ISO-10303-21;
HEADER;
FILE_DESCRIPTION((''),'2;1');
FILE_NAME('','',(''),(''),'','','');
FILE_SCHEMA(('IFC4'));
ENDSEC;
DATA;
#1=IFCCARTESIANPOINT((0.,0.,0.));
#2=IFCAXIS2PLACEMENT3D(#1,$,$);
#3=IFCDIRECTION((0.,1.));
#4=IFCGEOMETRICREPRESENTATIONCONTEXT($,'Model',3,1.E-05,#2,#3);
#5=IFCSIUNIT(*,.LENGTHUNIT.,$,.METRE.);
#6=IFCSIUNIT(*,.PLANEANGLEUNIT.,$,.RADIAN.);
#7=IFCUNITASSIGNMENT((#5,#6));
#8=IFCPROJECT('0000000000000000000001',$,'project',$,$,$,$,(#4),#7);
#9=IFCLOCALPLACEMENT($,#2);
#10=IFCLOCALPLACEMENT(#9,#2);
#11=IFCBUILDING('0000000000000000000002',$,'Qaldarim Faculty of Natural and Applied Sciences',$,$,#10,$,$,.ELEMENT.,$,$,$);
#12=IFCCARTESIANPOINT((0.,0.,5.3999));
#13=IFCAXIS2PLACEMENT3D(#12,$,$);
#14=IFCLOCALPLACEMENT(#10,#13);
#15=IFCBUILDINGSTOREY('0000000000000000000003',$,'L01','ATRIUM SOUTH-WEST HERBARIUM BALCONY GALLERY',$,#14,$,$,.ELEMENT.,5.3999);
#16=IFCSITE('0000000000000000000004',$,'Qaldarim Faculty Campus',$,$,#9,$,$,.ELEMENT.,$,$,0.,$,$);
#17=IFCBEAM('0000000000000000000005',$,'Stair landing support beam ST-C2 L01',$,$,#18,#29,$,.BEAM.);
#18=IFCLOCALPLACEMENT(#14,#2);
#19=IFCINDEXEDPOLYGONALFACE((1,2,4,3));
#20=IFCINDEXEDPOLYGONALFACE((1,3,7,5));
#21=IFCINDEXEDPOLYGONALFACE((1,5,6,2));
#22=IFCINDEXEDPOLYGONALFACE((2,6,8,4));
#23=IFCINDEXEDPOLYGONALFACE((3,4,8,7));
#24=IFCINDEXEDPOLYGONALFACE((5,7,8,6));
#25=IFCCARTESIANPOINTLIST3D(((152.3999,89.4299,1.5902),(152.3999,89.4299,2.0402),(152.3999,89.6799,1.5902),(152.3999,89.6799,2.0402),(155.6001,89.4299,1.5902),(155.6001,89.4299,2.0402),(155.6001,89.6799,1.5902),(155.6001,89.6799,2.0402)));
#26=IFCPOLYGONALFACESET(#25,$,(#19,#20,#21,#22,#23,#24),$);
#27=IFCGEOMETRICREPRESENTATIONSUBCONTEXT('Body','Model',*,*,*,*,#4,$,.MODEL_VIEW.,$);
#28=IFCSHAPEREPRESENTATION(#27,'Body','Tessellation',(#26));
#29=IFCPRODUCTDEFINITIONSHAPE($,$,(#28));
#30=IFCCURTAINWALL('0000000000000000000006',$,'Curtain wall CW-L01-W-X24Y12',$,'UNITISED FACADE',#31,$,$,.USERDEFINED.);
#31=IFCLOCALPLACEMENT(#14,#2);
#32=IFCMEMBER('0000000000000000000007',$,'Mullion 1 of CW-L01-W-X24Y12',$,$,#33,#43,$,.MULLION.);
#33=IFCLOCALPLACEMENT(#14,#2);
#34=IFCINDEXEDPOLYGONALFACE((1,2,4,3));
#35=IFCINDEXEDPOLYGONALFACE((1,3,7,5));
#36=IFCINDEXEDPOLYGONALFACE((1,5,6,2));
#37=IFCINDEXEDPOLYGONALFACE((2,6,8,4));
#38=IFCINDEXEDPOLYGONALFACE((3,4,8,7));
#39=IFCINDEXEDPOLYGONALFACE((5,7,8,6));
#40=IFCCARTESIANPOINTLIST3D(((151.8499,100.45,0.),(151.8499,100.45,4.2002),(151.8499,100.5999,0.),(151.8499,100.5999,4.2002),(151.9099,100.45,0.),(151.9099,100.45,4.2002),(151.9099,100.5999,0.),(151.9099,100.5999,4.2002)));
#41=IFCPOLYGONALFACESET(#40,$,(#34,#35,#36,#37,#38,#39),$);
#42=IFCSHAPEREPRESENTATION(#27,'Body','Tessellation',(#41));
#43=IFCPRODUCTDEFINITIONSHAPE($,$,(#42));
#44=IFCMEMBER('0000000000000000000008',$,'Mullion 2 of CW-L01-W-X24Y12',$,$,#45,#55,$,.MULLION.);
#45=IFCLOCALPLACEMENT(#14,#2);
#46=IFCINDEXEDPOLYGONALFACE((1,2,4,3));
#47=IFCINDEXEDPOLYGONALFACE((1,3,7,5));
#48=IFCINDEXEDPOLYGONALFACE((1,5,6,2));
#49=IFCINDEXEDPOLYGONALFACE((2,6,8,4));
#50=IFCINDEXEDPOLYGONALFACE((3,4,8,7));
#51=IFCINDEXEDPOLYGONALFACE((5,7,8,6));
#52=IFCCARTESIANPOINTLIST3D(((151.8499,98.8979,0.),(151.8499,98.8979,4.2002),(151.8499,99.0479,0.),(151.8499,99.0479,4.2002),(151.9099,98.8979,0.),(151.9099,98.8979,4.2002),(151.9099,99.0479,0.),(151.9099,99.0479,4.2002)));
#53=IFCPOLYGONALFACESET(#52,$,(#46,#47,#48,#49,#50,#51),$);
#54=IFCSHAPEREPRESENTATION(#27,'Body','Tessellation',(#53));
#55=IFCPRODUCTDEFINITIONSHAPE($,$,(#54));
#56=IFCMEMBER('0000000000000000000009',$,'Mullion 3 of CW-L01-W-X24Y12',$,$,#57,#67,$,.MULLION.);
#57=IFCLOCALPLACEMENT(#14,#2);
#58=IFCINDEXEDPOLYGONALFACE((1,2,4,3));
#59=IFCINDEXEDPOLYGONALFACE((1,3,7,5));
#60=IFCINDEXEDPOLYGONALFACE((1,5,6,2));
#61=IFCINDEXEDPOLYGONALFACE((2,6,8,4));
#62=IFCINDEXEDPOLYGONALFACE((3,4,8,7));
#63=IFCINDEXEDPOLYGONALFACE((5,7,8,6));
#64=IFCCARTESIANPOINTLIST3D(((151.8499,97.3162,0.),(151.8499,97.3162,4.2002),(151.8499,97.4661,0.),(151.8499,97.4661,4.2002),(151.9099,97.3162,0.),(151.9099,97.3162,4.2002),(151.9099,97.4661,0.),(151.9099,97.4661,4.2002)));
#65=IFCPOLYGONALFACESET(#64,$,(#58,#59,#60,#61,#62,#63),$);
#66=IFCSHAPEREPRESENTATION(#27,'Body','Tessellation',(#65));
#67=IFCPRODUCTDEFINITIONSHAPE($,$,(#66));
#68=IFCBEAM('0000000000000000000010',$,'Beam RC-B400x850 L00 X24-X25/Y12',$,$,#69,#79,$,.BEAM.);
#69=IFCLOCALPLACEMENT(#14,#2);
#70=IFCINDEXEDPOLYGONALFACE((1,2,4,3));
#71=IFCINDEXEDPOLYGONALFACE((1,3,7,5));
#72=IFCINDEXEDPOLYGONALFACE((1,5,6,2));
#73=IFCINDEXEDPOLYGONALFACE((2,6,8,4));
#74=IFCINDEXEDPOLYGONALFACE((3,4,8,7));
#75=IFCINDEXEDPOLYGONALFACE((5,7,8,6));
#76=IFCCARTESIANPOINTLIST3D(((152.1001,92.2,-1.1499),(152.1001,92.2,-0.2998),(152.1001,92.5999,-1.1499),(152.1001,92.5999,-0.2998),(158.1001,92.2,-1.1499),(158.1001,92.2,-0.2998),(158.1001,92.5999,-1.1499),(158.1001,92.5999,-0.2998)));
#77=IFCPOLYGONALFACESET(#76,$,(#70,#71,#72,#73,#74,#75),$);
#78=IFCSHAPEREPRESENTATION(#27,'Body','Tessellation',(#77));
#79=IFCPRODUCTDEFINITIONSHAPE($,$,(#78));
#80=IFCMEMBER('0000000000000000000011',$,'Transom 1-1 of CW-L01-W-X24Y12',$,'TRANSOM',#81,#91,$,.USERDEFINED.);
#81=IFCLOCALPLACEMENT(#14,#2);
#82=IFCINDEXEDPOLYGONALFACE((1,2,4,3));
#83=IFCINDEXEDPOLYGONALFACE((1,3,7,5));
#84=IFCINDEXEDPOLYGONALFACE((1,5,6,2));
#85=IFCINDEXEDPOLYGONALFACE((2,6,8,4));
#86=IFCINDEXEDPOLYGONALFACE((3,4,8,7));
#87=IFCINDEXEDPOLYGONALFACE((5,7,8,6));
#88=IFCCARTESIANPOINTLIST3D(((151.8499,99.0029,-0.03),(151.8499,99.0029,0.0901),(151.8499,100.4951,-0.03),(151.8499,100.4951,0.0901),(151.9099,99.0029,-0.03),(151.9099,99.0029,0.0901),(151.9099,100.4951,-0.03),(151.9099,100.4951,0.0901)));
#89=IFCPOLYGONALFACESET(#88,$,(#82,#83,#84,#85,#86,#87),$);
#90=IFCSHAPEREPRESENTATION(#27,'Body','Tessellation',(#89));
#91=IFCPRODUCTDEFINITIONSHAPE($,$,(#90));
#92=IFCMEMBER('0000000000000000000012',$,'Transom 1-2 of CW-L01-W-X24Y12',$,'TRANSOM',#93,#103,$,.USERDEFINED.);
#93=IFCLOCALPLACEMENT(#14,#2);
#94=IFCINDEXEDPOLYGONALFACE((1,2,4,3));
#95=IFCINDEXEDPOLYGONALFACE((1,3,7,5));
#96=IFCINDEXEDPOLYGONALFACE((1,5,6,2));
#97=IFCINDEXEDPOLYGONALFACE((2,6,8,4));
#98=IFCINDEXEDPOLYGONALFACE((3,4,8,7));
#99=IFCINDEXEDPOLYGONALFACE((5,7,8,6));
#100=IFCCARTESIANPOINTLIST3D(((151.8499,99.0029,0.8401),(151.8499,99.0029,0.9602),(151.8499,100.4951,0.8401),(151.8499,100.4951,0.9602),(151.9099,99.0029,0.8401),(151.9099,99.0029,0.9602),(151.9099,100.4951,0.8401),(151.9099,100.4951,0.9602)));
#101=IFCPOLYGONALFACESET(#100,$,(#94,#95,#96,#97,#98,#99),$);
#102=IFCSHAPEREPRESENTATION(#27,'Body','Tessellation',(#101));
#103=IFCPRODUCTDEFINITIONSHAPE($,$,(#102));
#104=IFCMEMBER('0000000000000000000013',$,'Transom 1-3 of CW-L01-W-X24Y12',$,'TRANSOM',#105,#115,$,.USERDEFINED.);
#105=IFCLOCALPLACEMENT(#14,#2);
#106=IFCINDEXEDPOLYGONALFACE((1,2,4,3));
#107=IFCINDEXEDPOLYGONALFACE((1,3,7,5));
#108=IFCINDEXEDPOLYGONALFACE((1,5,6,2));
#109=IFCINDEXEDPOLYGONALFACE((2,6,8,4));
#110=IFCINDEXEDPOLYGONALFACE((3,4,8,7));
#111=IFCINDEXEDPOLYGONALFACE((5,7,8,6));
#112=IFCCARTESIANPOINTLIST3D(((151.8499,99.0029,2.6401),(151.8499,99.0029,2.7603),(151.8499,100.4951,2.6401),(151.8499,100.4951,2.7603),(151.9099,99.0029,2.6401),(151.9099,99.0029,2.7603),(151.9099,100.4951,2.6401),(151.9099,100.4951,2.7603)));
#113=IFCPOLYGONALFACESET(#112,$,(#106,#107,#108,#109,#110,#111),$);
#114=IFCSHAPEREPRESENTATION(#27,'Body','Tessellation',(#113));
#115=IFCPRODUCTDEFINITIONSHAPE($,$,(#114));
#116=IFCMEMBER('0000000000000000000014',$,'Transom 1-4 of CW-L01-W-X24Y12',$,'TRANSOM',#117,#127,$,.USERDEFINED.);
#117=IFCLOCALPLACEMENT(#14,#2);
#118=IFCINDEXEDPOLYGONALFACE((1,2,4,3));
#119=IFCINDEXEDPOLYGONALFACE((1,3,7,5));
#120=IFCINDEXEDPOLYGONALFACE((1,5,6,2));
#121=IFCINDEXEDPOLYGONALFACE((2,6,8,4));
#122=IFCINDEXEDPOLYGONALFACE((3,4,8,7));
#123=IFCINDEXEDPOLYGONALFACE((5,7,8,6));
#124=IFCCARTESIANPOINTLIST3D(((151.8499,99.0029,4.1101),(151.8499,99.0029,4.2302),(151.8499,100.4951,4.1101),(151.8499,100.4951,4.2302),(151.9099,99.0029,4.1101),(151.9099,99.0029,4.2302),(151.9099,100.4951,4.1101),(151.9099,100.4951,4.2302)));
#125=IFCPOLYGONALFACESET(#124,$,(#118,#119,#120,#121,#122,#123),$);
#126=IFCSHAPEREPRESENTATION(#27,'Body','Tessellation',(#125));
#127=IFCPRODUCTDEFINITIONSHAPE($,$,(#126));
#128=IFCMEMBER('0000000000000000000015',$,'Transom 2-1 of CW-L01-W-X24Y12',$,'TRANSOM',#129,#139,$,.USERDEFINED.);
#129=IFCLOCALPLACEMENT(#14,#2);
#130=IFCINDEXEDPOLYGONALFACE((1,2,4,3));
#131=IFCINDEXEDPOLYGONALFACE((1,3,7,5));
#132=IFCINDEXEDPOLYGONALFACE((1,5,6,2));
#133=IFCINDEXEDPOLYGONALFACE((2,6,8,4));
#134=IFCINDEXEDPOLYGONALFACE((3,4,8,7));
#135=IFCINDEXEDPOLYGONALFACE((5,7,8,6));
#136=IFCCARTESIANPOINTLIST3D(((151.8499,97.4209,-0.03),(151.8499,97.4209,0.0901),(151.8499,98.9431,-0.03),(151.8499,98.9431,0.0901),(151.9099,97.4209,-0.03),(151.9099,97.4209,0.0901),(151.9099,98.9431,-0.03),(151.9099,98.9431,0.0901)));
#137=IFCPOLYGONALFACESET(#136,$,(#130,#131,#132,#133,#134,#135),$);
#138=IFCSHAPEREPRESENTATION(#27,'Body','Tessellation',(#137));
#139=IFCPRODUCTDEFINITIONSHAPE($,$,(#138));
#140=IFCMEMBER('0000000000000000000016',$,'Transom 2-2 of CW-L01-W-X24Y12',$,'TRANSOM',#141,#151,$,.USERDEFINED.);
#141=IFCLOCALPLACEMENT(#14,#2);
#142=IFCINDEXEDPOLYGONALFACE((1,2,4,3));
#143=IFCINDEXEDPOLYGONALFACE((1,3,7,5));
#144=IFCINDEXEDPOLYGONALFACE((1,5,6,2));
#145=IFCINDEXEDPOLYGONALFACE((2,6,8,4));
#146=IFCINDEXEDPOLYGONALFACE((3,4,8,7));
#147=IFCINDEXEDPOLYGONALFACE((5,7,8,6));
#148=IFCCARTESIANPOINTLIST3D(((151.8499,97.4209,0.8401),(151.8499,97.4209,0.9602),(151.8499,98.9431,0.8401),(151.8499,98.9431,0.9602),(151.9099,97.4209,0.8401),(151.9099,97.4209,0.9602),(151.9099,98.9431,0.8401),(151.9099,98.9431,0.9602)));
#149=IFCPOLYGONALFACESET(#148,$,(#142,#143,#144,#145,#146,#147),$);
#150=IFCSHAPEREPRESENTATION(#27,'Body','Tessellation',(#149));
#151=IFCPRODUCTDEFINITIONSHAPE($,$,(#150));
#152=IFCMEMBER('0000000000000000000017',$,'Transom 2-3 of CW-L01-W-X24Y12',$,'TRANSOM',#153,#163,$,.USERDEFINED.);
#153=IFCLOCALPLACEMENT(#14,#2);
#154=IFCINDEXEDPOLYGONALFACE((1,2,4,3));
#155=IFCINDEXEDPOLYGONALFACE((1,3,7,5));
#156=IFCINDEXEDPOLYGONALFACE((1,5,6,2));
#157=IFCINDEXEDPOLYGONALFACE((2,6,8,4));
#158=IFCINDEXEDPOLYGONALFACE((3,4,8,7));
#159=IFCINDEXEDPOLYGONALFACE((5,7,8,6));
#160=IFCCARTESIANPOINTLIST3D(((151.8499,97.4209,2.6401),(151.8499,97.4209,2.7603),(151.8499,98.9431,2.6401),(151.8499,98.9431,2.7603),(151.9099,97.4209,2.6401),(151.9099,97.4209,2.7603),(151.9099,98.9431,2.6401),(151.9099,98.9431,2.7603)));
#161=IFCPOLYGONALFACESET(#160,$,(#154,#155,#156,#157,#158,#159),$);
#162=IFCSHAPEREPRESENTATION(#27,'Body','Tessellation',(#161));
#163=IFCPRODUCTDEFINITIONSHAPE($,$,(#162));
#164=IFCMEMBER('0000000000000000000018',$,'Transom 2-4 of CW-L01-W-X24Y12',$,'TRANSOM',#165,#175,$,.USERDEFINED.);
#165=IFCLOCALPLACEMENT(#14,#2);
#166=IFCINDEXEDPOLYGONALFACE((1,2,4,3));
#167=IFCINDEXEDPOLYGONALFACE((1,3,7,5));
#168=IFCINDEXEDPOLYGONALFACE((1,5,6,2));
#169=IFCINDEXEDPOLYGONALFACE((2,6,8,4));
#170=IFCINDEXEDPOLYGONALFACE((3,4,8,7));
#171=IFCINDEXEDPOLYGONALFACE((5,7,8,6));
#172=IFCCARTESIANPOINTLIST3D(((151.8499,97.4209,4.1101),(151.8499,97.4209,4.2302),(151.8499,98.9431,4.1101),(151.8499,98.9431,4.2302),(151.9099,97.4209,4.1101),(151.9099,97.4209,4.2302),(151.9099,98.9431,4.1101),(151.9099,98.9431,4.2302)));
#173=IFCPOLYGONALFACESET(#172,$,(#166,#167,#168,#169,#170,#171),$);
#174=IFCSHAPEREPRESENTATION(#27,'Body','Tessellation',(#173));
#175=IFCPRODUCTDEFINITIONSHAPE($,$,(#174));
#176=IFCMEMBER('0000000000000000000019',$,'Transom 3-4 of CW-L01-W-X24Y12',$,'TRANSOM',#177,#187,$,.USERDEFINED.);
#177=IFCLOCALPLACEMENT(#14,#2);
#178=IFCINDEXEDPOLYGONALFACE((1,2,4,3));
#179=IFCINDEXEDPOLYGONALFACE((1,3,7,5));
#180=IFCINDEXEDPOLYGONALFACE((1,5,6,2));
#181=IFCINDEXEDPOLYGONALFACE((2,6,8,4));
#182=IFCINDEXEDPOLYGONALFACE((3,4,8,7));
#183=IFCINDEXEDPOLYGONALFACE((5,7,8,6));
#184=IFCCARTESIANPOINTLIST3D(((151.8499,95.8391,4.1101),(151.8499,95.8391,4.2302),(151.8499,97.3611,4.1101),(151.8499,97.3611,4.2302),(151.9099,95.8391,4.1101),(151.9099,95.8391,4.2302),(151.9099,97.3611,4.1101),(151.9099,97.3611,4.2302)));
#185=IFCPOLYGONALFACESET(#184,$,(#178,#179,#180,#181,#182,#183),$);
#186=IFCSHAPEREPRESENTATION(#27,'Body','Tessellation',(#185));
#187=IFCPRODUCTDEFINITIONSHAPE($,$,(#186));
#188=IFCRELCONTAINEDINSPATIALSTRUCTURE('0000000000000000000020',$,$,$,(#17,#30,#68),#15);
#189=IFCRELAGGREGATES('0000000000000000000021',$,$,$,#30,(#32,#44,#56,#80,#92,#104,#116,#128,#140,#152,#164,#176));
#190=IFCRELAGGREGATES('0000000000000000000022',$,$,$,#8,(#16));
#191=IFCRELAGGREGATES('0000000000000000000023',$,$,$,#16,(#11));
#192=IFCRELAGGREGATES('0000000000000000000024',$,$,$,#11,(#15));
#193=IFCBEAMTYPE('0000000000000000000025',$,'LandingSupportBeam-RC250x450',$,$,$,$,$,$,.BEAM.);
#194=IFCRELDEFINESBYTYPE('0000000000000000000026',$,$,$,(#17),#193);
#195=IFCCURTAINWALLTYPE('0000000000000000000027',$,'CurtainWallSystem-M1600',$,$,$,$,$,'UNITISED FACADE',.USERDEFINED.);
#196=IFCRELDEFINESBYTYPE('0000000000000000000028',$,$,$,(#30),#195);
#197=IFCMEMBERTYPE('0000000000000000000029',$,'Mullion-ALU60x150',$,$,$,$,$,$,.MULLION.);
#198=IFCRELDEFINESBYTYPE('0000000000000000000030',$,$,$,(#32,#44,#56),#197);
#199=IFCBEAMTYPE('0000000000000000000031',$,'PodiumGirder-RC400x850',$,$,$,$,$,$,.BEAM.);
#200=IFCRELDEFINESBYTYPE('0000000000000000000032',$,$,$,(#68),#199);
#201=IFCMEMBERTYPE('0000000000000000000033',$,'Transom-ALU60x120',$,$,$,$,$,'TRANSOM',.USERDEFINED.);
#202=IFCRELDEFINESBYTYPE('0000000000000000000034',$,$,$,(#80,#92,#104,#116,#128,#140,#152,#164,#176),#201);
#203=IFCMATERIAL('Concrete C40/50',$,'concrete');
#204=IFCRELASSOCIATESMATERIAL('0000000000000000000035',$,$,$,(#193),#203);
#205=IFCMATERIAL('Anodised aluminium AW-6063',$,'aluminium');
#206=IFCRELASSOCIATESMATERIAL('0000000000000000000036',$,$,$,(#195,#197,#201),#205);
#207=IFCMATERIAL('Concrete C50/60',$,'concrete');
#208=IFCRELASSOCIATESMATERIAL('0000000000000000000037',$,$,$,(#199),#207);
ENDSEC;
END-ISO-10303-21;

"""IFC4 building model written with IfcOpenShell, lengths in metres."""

from ifc_helpers import new_model, si_unit, direction, frame, origin, origin_2d, place, context, subcontext, project, spatial, rectangle, extrude, material, material_profile, profile_set, type_object, element, aggregate, save


model = new_model("IFC4")

# Units and contexts
model_context = context("Model", 3, precision=1e-05, world=origin(), true_north=direction((0.0, 1.0)))
body_context = subcontext(model_context, "Body", "Model", "MODEL_VIEW")
ifc_project = project(units=[si_unit("LENGTHUNIT", "METRE"), si_unit("PLANEANGLEUNIT", "RADIAN")], contexts=[model_context])

# Site, building, storey
site_placement = place(None, origin())
site = spatial("IfcSite", under=ifc_project, at=site_placement, Name="Qaldarim Faculty Campus", CompositionType="ELEMENT", RefElevation=0.0)
building_placement = place(site_placement, origin())
building = spatial("IfcBuilding", under=site, at=building_placement, Name="Qaldarim Faculty of Natural and Applied Sciences", CompositionType="ELEMENT")
storey_placement = place(building_placement, frame((0.0, 0.0, 5.3999)))
storey = spatial("IfcBuildingStorey", under=building, at=storey_placement, Name="L01", Description="ATRIUM SOUTH-WEST HERBARIUM BALCONY GALLERY", CompositionType="ELEMENT", Elevation=5.3999)

# Beam
ifc_material_1 = material(Name="Concrete C40/50", Category="concrete")
ifc_material_profile_1 = material_profile(ifc_material_1, rectangle(XDim=0.25, YDim=0.45, at=origin_2d()), Name="RC-LN250x450")
ifc_profile_set_1 = profile_set([ifc_material_profile_1], Name="Concrete C40/50")
beam_type_1 = type_object("IfcBeamType", Name="LandingSupportBeam-RC250x450", PredefinedType="BEAM", material=ifc_profile_set_1)
beam_1_placement = place(storey_placement, frame((152.3999, 89.5549, 1.8152), z_axis=(1.0, 0.0, 0.0), x_axis=(0.0, 1.0, 0.0)))
element("IfcBeam", 1, at=beam_1_placement, inside=storey, type_object=beam_type_1, Name="Stair landing support beam ST-C2 L01", PredefinedType="BEAM", context=body_context, shape_type="SweptSolid", body=[
    extrude(rectangle(XDim=0.25, YDim=0.45, at=origin_2d()), origin(), (0.0, 0.0, 1.0), 3.2002),
])

# Curtain wall, members
ifc_material_2 = material(Name="Anodised aluminium AW-6063", Category="aluminium")
curtain_wall_type = type_object("IfcCurtainWallType", Name="CurtainWallSystem-M1600", ElementType="UNITISED FACADE", PredefinedType="USERDEFINED", material=ifc_material_2)
curtain_wall_placement = place(storey_placement, origin())
curtain_wall = element("IfcCurtainWall", 2, at=curtain_wall_placement, inside=storey, type_object=curtain_wall_type, Name="Curtain wall CW-L01-W-X24Y12", ObjectType="UNITISED FACADE", PredefinedType="USERDEFINED")
ifc_material_profile_2 = material_profile(ifc_material_2, rectangle(XDim=0.0601, YDim=0.1499, at=origin_2d()), Name="ALU-M60x150")
ifc_profile_set_2 = profile_set([ifc_material_profile_2], Name="Anodised aluminium AW-6063")
member_type_1 = type_object("IfcMemberType", Name="Mullion-ALU60x150", PredefinedType="MULLION", material=ifc_profile_set_2)
member_1_placement = place(storey_placement, frame((151.8799, 100.5249, 0.0), z_axis=(0.0, 0.0, 1.0), x_axis=(1.0, 0.0, 0.0)))
member_1 = element("IfcMember", 3, at=member_1_placement, type_object=member_type_1, Name="Mullion 1 of CW-L01-W-X24Y12", PredefinedType="MULLION", context=body_context, shape_type="SweptSolid", body=[
    extrude(rectangle(XDim=0.0601, YDim=0.1499, at=origin_2d()), origin(), (0.0, 0.0, 1.0), 4.2002),
])
member_2_placement = place(storey_placement, frame((151.8799, 98.9729, 0.0), z_axis=(0.0, 0.0, 1.0), x_axis=(1.0, 0.0, 0.0)))
member_2 = element("IfcMember", 4, at=member_2_placement, type_object=member_type_1, Name="Mullion 2 of CW-L01-W-X24Y12", PredefinedType="MULLION", context=body_context, shape_type="SweptSolid", body=[
    extrude(rectangle(XDim=0.0601, YDim=0.1499, at=origin_2d()), origin(), (0.0, 0.0, 1.0), 4.2002),
])
member_3_placement = place(storey_placement, frame((151.8799, 97.3911, 0.0), z_axis=(0.0, 0.0, 1.0), x_axis=(1.0, 0.0, 0.0)))
member_3 = element("IfcMember", 5, at=member_3_placement, type_object=member_type_1, Name="Mullion 3 of CW-L01-W-X24Y12", PredefinedType="MULLION", context=body_context, shape_type="SweptSolid", body=[
    extrude(rectangle(XDim=0.0601, YDim=0.1499, at=origin_2d()), origin(), (0.0, 0.0, 1.0), 4.2002),
])

# Beam
ifc_material_3 = material(Name="Concrete C50/60", Category="concrete")
ifc_material_profile_3 = material_profile(ifc_material_3, rectangle(XDim=0.3999, YDim=0.8501, at=origin_2d()), Name="RC-B400x850")
ifc_profile_set_3 = profile_set([ifc_material_profile_3], Name="Concrete C50/60")
beam_type_2 = type_object("IfcBeamType", Name="PodiumGirder-RC400x850", PredefinedType="BEAM", material=ifc_profile_set_3)
beam_2_placement = place(storey_placement, frame((152.1001, 92.3999, -0.7249), z_axis=(1.0, 0.0, 0.0), x_axis=(0.0, 1.0, 0.0)))
element("IfcBeam", 6, at=beam_2_placement, inside=storey, type_object=beam_type_2, Name="Beam RC-B400x850 L00 X24-X25/Y12", PredefinedType="BEAM", context=body_context, shape_type="SweptSolid", body=[
    extrude(rectangle(XDim=0.3999, YDim=0.8501, at=origin_2d()), origin(), (0.0, 0.0, 1.0), 6.0),
])

# Members
ifc_material_profile_4 = material_profile(ifc_material_2, rectangle(XDim=0.0601, YDim=0.1201, at=origin_2d()), Name="ALU-T60x120")
ifc_profile_set_4 = profile_set([ifc_material_profile_4], Name="Anodised aluminium AW-6063")
member_type_2 = type_object("IfcMemberType", Name="Transom-ALU60x120", ElementType="TRANSOM", PredefinedType="USERDEFINED", material=ifc_profile_set_4)
member_4_placement = place(storey_placement, frame((151.8799, 100.4951, 0.03), z_axis=(0.0, -1.0, 0.0), x_axis=(1.0, 0.0, 0.0)))
member_4 = element("IfcMember", 7, at=member_4_placement, type_object=member_type_2, Name="Transom 1-1 of CW-L01-W-X24Y12", ObjectType="TRANSOM", PredefinedType="USERDEFINED", context=body_context, shape_type="SweptSolid", body=[
    extrude(rectangle(XDim=0.0601, YDim=0.1201, at=origin_2d()), origin(), (0.0, 0.0, 1.0), 1.4922),
])
member_5_placement = place(storey_placement, frame((151.8799, 100.4951, 0.9001), z_axis=(0.0, -1.0, 0.0), x_axis=(1.0, 0.0, 0.0)))
member_5 = element("IfcMember", 8, at=member_5_placement, type_object=member_type_2, Name="Transom 1-2 of CW-L01-W-X24Y12", ObjectType="TRANSOM", PredefinedType="USERDEFINED", context=body_context, shape_type="SweptSolid", body=[
    extrude(rectangle(XDim=0.0601, YDim=0.1201, at=origin_2d()), origin(), (0.0, 0.0, 1.0), 1.4922),
])
member_6_placement = place(storey_placement, frame((151.8799, 100.4951, 2.7002), z_axis=(0.0, -1.0, 0.0), x_axis=(1.0, 0.0, 0.0)))
member_6 = element("IfcMember", 9, at=member_6_placement, type_object=member_type_2, Name="Transom 1-3 of CW-L01-W-X24Y12", ObjectType="TRANSOM", PredefinedType="USERDEFINED", context=body_context, shape_type="SweptSolid", body=[
    extrude(rectangle(XDim=0.0601, YDim=0.1201, at=origin_2d()), origin(), (0.0, 0.0, 1.0), 1.4922),
])
member_7_placement = place(storey_placement, frame((151.8799, 100.4951, 4.1702), z_axis=(0.0, -1.0, 0.0), x_axis=(1.0, 0.0, 0.0)))
member_7 = element("IfcMember", 10, at=member_7_placement, type_object=member_type_2, Name="Transom 1-4 of CW-L01-W-X24Y12", ObjectType="TRANSOM", PredefinedType="USERDEFINED", context=body_context, shape_type="SweptSolid", body=[
    extrude(rectangle(XDim=0.0601, YDim=0.1201, at=origin_2d()), origin(), (0.0, 0.0, 1.0), 1.4922),
])
member_8_placement = place(storey_placement, frame((151.8799, 98.9431, 0.03), z_axis=(0.0, -1.0, 0.0), x_axis=(1.0, 0.0, 0.0)))
member_8 = element("IfcMember", 11, at=member_8_placement, type_object=member_type_2, Name="Transom 2-1 of CW-L01-W-X24Y12", ObjectType="TRANSOM", PredefinedType="USERDEFINED", context=body_context, shape_type="SweptSolid", body=[
    extrude(rectangle(XDim=0.0601, YDim=0.1201, at=origin_2d()), origin(), (0.0, 0.0, 1.0), 1.5222),
])
member_9_placement = place(storey_placement, frame((151.8799, 98.9431, 0.9001), z_axis=(0.0, -1.0, 0.0), x_axis=(1.0, 0.0, 0.0)))
member_9 = element("IfcMember", 12, at=member_9_placement, type_object=member_type_2, Name="Transom 2-2 of CW-L01-W-X24Y12", ObjectType="TRANSOM", PredefinedType="USERDEFINED", context=body_context, shape_type="SweptSolid", body=[
    extrude(rectangle(XDim=0.0601, YDim=0.1201, at=origin_2d()), origin(), (0.0, 0.0, 1.0), 1.5222),
])
member_10_placement = place(storey_placement, frame((151.8799, 98.9431, 2.7002), z_axis=(0.0, -1.0, 0.0), x_axis=(1.0, 0.0, 0.0)))
member_10 = element("IfcMember", 13, at=member_10_placement, type_object=member_type_2, Name="Transom 2-3 of CW-L01-W-X24Y12", ObjectType="TRANSOM", PredefinedType="USERDEFINED", context=body_context, shape_type="SweptSolid", body=[
    extrude(rectangle(XDim=0.0601, YDim=0.1201, at=origin_2d()), origin(), (0.0, 0.0, 1.0), 1.5222),
])
member_11_placement = place(storey_placement, frame((151.8799, 98.9431, 4.1702), z_axis=(0.0, -1.0, 0.0), x_axis=(1.0, 0.0, 0.0)))
member_11 = element("IfcMember", 14, at=member_11_placement, type_object=member_type_2, Name="Transom 2-4 of CW-L01-W-X24Y12", ObjectType="TRANSOM", PredefinedType="USERDEFINED", context=body_context, shape_type="SweptSolid", body=[
    extrude(rectangle(XDim=0.0601, YDim=0.1201, at=origin_2d()), origin(), (0.0, 0.0, 1.0), 1.5222),
])
member_12_placement = place(storey_placement, frame((151.8799, 97.3611, 4.1702), z_axis=(0.0, -1.0, 0.0), x_axis=(1.0, 0.0, 0.0)))
member_12 = element("IfcMember", 15, at=member_12_placement, type_object=member_type_2, Name="Transom 3-4 of CW-L01-W-X24Y12", ObjectType="TRANSOM", PredefinedType="USERDEFINED", context=body_context, shape_type="SweptSolid", body=[
    extrude(rectangle(XDim=0.0601, YDim=0.1201, at=origin_2d()), origin(), (0.0, 0.0, 1.0), 1.522),
])

aggregate(curtain_wall, [member_1, member_2, member_3, member_4, member_5, member_6, member_7, member_8, member_9, member_10, member_11, member_12])

save(model, "model.ifc")
